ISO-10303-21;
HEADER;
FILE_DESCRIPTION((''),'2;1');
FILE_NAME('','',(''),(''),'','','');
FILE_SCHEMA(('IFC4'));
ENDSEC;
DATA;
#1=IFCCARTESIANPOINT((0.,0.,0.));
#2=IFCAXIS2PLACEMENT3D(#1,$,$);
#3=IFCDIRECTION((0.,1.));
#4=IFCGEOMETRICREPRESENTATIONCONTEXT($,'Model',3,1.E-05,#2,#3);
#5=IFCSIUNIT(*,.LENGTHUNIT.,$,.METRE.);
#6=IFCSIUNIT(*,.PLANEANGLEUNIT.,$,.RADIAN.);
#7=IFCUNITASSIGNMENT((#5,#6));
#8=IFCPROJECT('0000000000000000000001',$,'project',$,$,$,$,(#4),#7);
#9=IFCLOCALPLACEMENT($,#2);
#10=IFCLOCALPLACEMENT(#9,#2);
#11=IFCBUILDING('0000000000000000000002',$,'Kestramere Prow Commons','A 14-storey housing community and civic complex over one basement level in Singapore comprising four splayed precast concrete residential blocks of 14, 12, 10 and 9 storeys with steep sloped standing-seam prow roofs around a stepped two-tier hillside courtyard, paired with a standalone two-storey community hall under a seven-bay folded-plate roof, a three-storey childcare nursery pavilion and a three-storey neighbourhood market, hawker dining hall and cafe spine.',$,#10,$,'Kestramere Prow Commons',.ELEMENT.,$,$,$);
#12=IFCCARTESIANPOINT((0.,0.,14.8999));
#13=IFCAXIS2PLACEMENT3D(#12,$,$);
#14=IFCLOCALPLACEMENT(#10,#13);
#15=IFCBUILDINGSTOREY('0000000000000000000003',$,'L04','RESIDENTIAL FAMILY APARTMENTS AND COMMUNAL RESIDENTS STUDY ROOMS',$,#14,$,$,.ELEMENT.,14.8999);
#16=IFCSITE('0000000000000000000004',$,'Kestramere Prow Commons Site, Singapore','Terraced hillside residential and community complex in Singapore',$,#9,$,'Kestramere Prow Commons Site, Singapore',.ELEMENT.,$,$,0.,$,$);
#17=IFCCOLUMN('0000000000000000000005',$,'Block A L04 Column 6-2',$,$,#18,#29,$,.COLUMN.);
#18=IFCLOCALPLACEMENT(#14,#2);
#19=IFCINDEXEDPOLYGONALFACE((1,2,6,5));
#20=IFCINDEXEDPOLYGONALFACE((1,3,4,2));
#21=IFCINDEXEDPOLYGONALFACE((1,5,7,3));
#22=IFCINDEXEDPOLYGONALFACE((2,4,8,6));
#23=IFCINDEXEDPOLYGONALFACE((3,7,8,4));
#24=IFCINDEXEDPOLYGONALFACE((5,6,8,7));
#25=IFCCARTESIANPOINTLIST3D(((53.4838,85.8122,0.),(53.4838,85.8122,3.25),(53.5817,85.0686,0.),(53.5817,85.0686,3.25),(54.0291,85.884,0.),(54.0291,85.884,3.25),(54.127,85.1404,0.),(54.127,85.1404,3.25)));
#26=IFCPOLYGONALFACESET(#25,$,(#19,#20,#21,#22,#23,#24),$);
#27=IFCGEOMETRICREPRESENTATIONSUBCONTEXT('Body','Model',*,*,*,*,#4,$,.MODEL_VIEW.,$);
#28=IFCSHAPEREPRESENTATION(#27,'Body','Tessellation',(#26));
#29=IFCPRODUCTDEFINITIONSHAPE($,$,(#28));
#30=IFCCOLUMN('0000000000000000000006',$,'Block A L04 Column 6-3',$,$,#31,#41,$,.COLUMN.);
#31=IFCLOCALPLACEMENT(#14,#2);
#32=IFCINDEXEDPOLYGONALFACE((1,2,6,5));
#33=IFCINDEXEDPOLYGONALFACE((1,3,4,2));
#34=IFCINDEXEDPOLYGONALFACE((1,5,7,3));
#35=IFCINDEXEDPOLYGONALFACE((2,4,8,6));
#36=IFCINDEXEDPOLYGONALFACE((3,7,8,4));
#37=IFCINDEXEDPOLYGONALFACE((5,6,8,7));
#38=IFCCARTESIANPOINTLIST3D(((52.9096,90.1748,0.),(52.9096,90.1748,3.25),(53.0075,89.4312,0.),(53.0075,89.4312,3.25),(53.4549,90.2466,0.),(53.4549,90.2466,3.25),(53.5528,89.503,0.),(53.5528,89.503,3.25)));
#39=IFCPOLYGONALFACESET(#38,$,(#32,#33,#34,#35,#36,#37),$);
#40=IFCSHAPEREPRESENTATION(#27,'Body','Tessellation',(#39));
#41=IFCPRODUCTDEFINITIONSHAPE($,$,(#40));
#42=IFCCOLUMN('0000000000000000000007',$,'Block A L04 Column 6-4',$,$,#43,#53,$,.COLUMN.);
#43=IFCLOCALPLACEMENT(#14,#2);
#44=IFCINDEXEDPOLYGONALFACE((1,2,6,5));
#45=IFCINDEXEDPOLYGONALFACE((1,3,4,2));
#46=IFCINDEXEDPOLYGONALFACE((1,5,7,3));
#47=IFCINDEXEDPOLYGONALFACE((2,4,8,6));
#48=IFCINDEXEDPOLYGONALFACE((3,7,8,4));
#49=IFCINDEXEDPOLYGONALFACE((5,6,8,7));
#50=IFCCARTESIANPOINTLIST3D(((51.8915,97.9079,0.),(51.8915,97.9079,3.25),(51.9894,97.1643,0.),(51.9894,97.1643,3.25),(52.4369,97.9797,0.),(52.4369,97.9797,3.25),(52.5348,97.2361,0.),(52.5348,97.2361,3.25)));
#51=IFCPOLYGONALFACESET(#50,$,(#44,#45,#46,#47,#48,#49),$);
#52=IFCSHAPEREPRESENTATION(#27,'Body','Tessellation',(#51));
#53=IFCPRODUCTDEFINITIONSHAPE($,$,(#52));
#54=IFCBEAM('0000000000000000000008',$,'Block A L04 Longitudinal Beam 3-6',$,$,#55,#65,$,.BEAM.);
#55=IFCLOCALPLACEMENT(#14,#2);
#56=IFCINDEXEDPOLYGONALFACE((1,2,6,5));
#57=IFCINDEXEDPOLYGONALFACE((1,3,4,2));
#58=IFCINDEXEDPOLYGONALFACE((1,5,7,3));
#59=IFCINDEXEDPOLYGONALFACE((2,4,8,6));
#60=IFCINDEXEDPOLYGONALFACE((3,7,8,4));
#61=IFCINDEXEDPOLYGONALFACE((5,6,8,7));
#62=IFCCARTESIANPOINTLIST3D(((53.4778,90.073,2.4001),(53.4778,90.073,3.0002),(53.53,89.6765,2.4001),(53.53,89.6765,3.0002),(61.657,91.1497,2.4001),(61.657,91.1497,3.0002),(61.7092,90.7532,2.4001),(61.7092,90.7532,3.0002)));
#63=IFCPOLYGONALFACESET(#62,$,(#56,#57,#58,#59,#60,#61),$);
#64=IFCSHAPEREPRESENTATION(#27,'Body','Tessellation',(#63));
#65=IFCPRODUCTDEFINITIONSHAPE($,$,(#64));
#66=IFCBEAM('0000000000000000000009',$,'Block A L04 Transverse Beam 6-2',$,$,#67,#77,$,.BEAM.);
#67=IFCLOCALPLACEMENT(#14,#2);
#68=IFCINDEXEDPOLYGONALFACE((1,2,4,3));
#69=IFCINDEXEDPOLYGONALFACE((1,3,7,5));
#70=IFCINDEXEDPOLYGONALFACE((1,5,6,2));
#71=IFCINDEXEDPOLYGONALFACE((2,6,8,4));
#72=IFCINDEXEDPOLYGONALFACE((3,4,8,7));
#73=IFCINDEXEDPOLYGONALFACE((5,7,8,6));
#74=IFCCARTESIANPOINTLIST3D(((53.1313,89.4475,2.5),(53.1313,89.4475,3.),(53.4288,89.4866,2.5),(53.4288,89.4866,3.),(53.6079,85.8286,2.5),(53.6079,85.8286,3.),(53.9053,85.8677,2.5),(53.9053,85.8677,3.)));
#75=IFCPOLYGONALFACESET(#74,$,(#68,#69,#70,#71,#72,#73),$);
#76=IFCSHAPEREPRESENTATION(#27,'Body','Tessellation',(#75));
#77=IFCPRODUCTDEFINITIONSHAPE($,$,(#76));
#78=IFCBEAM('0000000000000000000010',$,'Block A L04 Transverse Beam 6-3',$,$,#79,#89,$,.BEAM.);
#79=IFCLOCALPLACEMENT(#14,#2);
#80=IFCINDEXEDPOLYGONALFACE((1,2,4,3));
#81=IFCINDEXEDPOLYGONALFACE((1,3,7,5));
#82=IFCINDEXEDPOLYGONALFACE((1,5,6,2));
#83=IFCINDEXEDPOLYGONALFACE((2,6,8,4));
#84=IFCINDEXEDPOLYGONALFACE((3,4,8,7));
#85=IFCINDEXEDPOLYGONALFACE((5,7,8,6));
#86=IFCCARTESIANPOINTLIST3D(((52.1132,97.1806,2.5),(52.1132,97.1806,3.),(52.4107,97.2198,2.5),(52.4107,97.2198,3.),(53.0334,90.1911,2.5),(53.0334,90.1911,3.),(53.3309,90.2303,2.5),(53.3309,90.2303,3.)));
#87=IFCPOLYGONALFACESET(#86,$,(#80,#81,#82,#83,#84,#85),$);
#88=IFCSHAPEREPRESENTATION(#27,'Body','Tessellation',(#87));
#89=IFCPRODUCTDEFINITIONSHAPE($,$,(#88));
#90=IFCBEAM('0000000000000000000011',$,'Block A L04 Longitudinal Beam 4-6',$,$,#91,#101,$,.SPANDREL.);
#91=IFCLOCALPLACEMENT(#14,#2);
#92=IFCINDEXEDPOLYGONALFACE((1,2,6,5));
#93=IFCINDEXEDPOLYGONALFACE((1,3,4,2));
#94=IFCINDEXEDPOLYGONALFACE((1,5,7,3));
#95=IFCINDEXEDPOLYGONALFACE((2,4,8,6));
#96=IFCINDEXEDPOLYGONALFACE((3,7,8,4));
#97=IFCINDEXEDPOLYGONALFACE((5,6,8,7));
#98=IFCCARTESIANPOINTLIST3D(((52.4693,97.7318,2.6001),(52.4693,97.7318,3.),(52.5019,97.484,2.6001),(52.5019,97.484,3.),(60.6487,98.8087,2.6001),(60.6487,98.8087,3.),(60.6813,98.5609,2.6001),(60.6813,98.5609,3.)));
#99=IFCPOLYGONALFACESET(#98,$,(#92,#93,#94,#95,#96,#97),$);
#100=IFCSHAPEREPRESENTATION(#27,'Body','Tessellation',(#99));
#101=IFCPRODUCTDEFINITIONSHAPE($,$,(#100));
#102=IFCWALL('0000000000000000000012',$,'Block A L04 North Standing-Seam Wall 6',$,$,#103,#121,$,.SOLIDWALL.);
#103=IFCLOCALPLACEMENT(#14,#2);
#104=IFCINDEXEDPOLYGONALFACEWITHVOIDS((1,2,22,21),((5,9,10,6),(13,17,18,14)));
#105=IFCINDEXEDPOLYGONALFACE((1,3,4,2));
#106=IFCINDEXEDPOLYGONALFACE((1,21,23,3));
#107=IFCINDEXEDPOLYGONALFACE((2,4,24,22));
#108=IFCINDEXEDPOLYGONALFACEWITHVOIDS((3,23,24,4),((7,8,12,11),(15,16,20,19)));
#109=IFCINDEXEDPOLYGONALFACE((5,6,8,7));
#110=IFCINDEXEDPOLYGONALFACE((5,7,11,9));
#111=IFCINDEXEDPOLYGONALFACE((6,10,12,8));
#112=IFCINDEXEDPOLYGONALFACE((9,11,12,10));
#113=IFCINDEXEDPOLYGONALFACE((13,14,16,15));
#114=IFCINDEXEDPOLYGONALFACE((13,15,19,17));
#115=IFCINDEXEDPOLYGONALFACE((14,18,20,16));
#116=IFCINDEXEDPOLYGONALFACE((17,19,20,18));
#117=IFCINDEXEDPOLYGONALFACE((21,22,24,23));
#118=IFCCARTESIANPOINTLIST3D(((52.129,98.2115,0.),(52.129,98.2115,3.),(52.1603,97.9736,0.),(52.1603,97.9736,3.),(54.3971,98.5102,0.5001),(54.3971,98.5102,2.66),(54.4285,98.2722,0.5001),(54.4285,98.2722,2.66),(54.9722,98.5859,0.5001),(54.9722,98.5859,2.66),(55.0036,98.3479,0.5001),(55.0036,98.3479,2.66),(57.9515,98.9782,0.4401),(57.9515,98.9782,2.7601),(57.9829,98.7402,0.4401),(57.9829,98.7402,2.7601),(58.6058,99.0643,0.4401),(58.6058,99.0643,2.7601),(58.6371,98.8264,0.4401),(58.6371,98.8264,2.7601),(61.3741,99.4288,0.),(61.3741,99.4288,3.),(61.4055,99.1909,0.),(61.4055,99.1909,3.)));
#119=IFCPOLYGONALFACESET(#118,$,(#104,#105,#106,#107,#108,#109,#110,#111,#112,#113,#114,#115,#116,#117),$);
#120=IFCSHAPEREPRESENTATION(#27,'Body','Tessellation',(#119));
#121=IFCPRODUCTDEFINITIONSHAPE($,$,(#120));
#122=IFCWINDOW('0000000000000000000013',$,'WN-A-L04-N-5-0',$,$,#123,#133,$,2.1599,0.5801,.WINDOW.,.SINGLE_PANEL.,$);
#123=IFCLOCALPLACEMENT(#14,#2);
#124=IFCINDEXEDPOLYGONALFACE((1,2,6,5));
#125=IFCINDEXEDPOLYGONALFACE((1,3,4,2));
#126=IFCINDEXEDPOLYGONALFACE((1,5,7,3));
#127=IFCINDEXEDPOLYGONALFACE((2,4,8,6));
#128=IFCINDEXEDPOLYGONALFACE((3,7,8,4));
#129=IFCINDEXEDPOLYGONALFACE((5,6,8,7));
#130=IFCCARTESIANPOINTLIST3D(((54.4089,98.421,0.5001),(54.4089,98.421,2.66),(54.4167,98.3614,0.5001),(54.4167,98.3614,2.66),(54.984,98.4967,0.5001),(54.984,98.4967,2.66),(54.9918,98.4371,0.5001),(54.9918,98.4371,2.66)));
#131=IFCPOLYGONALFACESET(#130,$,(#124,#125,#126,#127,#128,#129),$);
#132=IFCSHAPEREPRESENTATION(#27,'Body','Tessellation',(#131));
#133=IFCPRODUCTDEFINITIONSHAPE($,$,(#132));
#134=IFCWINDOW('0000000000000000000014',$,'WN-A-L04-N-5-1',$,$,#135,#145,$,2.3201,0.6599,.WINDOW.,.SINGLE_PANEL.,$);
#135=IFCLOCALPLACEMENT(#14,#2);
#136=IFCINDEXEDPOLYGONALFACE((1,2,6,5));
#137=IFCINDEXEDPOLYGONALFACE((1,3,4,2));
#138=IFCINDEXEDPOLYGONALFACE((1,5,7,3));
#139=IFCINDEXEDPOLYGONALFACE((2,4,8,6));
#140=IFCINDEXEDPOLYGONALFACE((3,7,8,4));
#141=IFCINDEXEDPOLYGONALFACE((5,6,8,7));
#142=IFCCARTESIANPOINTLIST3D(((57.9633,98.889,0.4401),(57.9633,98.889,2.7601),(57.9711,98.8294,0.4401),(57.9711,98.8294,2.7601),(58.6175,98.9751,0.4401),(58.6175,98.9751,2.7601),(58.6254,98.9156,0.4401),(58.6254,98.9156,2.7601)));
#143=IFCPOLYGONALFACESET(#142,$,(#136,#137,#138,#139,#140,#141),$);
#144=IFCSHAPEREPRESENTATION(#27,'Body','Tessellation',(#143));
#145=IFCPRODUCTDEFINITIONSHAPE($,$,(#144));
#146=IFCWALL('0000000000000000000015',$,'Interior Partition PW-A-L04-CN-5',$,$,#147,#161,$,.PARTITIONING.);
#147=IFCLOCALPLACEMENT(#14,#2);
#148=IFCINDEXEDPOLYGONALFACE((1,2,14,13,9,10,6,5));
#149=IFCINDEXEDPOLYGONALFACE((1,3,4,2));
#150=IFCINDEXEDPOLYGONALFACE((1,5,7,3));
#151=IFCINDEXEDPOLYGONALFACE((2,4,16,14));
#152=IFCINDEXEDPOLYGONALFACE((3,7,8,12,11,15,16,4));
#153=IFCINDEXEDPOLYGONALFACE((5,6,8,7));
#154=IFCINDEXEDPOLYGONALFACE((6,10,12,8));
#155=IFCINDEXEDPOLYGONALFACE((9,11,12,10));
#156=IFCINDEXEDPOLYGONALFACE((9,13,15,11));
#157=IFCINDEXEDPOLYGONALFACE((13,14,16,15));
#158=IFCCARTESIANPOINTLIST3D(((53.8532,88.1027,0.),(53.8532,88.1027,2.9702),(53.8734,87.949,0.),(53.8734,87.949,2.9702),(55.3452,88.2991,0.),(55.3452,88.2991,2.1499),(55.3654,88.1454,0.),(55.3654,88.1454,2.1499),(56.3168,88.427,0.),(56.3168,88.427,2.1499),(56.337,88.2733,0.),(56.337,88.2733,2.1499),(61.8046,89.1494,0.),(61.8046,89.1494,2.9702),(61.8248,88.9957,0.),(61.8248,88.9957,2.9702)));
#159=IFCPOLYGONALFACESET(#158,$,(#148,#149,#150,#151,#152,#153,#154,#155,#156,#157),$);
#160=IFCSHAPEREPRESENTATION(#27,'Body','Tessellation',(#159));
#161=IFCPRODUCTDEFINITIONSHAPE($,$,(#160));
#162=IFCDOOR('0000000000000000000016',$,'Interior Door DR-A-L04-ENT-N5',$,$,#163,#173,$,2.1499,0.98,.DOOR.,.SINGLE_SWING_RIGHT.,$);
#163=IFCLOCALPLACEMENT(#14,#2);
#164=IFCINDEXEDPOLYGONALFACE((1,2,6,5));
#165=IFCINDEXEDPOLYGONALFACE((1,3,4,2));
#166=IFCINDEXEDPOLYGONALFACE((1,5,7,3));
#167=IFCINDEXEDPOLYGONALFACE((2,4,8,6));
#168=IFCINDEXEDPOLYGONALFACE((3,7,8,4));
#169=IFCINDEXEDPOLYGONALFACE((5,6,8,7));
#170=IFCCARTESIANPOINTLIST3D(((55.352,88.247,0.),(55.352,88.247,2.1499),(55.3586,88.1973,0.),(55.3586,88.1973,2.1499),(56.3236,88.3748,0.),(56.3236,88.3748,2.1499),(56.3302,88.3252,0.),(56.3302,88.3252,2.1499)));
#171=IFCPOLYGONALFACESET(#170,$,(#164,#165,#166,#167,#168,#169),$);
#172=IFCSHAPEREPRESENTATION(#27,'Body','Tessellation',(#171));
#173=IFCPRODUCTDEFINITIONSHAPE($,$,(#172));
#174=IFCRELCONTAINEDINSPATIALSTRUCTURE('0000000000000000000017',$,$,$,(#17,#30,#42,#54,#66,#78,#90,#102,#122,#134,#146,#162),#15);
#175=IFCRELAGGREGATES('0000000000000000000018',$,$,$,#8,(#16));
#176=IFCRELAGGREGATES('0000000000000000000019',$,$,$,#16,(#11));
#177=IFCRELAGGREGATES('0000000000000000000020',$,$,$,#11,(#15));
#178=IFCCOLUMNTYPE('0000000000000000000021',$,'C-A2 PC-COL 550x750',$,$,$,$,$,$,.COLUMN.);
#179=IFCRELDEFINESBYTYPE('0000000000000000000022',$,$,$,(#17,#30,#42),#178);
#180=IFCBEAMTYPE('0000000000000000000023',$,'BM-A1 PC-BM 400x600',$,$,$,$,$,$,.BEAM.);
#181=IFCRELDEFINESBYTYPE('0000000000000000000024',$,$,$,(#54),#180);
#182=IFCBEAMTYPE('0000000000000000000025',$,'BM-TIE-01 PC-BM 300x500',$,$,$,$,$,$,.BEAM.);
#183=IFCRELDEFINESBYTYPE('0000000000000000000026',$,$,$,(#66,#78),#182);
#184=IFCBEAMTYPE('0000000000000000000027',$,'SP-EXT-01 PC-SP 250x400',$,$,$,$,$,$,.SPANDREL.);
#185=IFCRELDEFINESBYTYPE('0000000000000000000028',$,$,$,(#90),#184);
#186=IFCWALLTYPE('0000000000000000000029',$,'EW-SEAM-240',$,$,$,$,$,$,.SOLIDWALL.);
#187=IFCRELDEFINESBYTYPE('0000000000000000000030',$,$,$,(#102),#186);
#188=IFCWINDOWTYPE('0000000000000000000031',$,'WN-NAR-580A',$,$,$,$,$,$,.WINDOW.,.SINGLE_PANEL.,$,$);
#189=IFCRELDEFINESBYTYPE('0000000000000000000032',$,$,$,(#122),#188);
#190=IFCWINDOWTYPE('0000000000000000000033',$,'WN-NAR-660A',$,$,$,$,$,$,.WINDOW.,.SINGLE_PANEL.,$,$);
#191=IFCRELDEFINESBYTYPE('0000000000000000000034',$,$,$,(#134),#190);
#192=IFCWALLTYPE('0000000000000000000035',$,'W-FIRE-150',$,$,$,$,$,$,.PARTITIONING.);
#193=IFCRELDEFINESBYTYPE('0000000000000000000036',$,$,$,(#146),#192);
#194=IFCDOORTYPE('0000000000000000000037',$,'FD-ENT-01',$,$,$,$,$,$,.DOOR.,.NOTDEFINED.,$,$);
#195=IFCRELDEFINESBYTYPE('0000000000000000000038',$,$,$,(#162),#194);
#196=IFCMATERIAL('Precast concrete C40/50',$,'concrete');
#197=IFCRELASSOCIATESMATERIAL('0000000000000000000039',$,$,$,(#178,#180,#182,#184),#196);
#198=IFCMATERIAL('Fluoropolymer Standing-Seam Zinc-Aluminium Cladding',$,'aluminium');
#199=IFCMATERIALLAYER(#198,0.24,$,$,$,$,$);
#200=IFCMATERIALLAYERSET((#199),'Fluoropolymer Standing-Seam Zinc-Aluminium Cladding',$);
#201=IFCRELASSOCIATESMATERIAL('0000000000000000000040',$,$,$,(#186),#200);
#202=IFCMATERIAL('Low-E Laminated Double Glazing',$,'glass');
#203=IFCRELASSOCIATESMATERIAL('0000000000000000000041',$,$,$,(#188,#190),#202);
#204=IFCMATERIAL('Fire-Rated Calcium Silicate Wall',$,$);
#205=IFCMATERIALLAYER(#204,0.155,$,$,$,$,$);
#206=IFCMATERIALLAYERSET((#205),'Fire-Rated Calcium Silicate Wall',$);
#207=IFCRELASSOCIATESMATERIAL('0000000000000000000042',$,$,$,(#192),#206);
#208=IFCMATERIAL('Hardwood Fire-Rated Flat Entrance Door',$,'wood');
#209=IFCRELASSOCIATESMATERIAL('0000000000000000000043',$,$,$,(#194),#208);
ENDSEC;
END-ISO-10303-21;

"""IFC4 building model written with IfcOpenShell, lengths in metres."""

from ifc_helpers import new_model, si_unit, direction, frame, frame_2d, origin, origin_2d, place, context, subcontext, project, spatial, rectangle, extrude, material, layer, layer_set, material_profile, profile_set, type_object, element, fill, save


model = new_model("IFC4")

# Units and contexts
model_context = context("Model", 3, precision=1e-05, world=origin(), true_north=direction((0.0, 1.0)))
body_context = subcontext(model_context, "Body", "Model", "MODEL_VIEW")
ifc_project = project(units=[si_unit("LENGTHUNIT", "METRE"), si_unit("PLANEANGLEUNIT", "RADIAN")], contexts=[model_context])

# Site, building, storey
site_placement = place(None, origin())
site = spatial("IfcSite", under=ifc_project, at=site_placement, Name="Kestramere Prow Commons Site, Singapore", Description="Terraced hillside residential and community complex in Singapore", LongName="Kestramere Prow Commons Site, Singapore", CompositionType="ELEMENT", RefElevation=0.0)
building_placement = place(site_placement, origin())
building = spatial("IfcBuilding", under=site, at=building_placement, Name="Kestramere Prow Commons", Description="A 14-storey housing community and civic complex over one basement level in Singapore comprising four splayed precast concrete residential blocks of 14, 12, 10 and 9 storeys with steep sloped standing-seam prow roofs around a stepped two-tier hillside courtyard, paired with a standalone two-storey community hall under a seven-bay folded-plate roof, a three-storey childcare nursery pavilion and a three-storey neighbourhood market, hawker dining hall and cafe spine.", LongName="Kestramere Prow Commons", CompositionType="ELEMENT")
storey_placement = place(building_placement, frame((0.0, 0.0, 14.8999)))
storey = spatial("IfcBuildingStorey", under=building, at=storey_placement, Name="L04", Description="RESIDENTIAL FAMILY APARTMENTS AND COMMUNAL RESIDENTS STUDY ROOMS", CompositionType="ELEMENT", Elevation=14.8999)

# Columns
ifc_material_1 = material(Name="Precast concrete C40/50", Category="concrete")
ifc_material_profile_1 = material_profile(ifc_material_1, rectangle(XDim=0.55, YDim=0.75, at=origin_2d()), Name="PC-COL 550x750")
ifc_profile_set_1 = profile_set([ifc_material_profile_1], Name="Precast concrete C40/50")
column_type = type_object("IfcColumnType", Name="C-A2 PC-COL 550x750", PredefinedType="COLUMN", material=ifc_profile_set_1)
for number, where, z_axis, x_axis, name in (
    (1, (53.8054, 85.4763, 0.0), (0.0, 0.0, 1.0), (0.991445, 0.130526, 0.0), "Block A L04 Column 6-2"),
    (2, (53.2312, 89.8389, 0.0), (0.0, 0.0, 1.0), (0.991445, 0.130526, 0.0), "Block A L04 Column 6-3"),
    (3, (52.2131, 97.572, 0.0), (0.0, 0.0, 1.0), (0.991445, 0.130526, 0.0), "Block A L04 Column 6-4"),
):
    element("IfcColumn", number, at=place(storey_placement, frame(where, z_axis=z_axis, x_axis=x_axis)), inside=storey, type_object=column_type, Name=name, PredefinedType="COLUMN", context=body_context, shape_type="SweptSolid", body=[
        extrude(rectangle(XDim=0.55, YDim=0.75, at=origin_2d()), origin(), (0.0, 0.0, 1.0), 3.25),
    ])

# Beams
ifc_material_profile_2 = material_profile(ifc_material_1, rectangle(XDim=0.3999, YDim=0.6001, at=origin_2d()), Name="PC-BM 400x600")
ifc_profile_set_2 = profile_set([ifc_material_profile_2], Name="Precast concrete C40/50")
beam_type_1 = type_object("IfcBeamType", Name="BM-A1 PC-BM 400x600", PredefinedType="BEAM", material=ifc_profile_set_2)
beam_1_placement = place(storey_placement, frame((53.5039, 89.8748, 2.7002), z_axis=(0.991447, 0.130508, 0.0), x_axis=(-0.130508, 0.991447, 0.0)))
element("IfcBeam", 4, at=beam_1_placement, inside=storey, type_object=beam_type_1, Name="Block A L04 Longitudinal Beam 3-6", PredefinedType="BEAM", context=body_context, shape_type="SweptSolid", body=[
    extrude(rectangle(XDim=0.3999, YDim=0.6001, at=origin_2d()), origin(), (0.0, 0.0, 1.0), 8.2498),
])
ifc_material_profile_3 = material_profile(ifc_material_1, rectangle(XDim=0.3, YDim=0.5, at=origin_2d()), Name="PC-BM 300x500")
ifc_profile_set_3 = profile_set([ifc_material_profile_3], Name="Precast concrete C40/50")
beam_type_2 = type_object("IfcBeamType", Name="BM-TIE-01 PC-BM 300x500", PredefinedType="BEAM", material=ifc_profile_set_3)
beam_2_placement = place(storey_placement, frame((53.7566, 85.8481, 2.75), z_axis=(-0.13056, 0.99144, 0.0), x_axis=(-0.99144, -0.13056, 0.0)))
element("IfcBeam", 5, at=beam_2_placement, inside=storey, type_object=beam_type_2, Name="Block A L04 Transverse Beam 6-2", PredefinedType="BEAM", context=body_context, shape_type="SweptSolid", body=[
    extrude(rectangle(XDim=0.3, YDim=0.5, at=origin_2d()), origin(), (0.0, 0.0, 1.0), 3.6501),
])
beam_3_placement = place(storey_placement, frame((53.1821, 90.2107, 2.75), z_axis=(-0.130523, 0.991445, 0.0), x_axis=(-0.991445, -0.130523, 0.0)))
element("IfcBeam", 6, at=beam_3_placement, inside=storey, type_object=beam_type_2, Name="Block A L04 Transverse Beam 6-3", PredefinedType="BEAM", context=body_context, shape_type="SweptSolid", body=[
    extrude(rectangle(XDim=0.3, YDim=0.5, at=origin_2d()), origin(), (0.0, 0.0, 1.0), 7.0498),
])
ifc_material_profile_4 = material_profile(ifc_material_1, rectangle(XDim=0.25, YDim=0.3999, at=origin_2d()), Name="PC-SP 250x400")
ifc_profile_set_4 = profile_set([ifc_material_profile_4], Name="Precast concrete C40/50")
beam_type_3 = type_object("IfcBeamType", Name="SP-EXT-01 PC-SP 250x400", PredefinedType="SPANDREL", material=ifc_profile_set_4)
beam_4_placement = place(storey_placement, frame((52.4856, 97.6079, 2.8), z_axis=(0.991444, 0.130533, 0.0), x_axis=(-0.130533, 0.991444, 0.0)))
element("IfcBeam", 7, at=beam_4_placement, inside=storey, type_object=beam_type_3, Name="Block A L04 Longitudinal Beam 4-6", PredefinedType="SPANDREL", context=body_context, shape_type="SweptSolid", body=[
    extrude(rectangle(XDim=0.25, YDim=0.3999, at=origin_2d()), origin(), (0.0, 0.0, 1.0), 8.25),
])

# Wall, openings, windows
ifc_material_2 = material(Name="Fluoropolymer Standing-Seam Zinc-Aluminium Cladding", Category="aluminium")
ifc_layer_1 = layer(ifc_material_2, 0.24)
ifc_layer_set_1 = layer_set([ifc_layer_1], Name="Fluoropolymer Standing-Seam Zinc-Aluminium Cladding")
wall_type_1 = type_object("IfcWallType", Name="EW-SEAM-240", PredefinedType="SOLIDWALL", material=ifc_layer_set_1)
wall_1_placement = place(storey_placement, frame((52.1445, 98.0925, 0.0), z_axis=(0.0, 0.0, 1.0), x_axis=(0.991443, 0.130541, 0.0)))
wall_1 = element("IfcWall", 8, at=wall_1_placement, inside=storey, type_object=wall_type_1, Name="Block A L04 North Standing-Seam Wall 6", PredefinedType="SOLIDWALL", context=body_context, shape_type="SweptSolid", body=[
    extrude(rectangle(XDim=9.325, YDim=0.24, at=frame_2d((4.6626, 0.0))), origin(), (0.0, 0.0, 1.0), 3.0),
])
opening_1_placement = place(wall_1_placement, frame((2.2878, 0.0, 0.5)))
opening_1 = element("IfcOpeningElement", 9, at=opening_1_placement, cuts=wall_1, PredefinedType="OPENING", context=body_context, shape_type="SweptSolid", body=[
    extrude(rectangle(XDim=0.5801, YDim=2.1599, at=frame_2d((0.29, 1.0801))), frame((0.0, 0.135, 0.0), z_axis=(0.0, -1.0, 0.0), x_axis=(1.0, 0.0, 0.0)), (0.0, 0.0, 1.0), 0.27),
])
opening_2_placement = place(wall_1_placement, frame((5.8728, 0.0, 0.4399)))
opening_2 = element("IfcOpeningElement", 10, at=opening_2_placement, cuts=wall_1, PredefinedType="OPENING", context=body_context, shape_type="SweptSolid", body=[
    extrude(rectangle(XDim=0.6599, YDim=2.3201, at=frame_2d((0.3301, 1.1602))), frame((0.0, 0.135, 0.0), z_axis=(0.0, -1.0, 0.0), x_axis=(1.0, 0.0, 0.0)), (0.0, 0.0, 1.0), 0.27),
])
ifc_material_3 = material(Name="Low-E Laminated Double Glazing", Category="glass")
window_type_1 = type_object("IfcWindowType", Name="WN-NAR-580A", PartitioningType="SINGLE_PANEL", PredefinedType="WINDOW", material=ifc_material_3)
window_1_placement = place(opening_1_placement, origin())
window_1 = element("IfcWindow", 11, at=window_1_placement, inside=storey, type_object=window_type_1, Name="WN-A-L04-N-5-0", OverallHeight=2.1599, OverallWidth=0.5801, PartitioningType="SINGLE_PANEL", PredefinedType="WINDOW", context=body_context, shape_type="SweptSolid", body=[
    extrude(rectangle(XDim=0.5801, YDim=2.1599, at=frame_2d((0.29, 1.0801))), frame((0.0, 0.03, 0.0), z_axis=(0.0, -1.0, 0.0), x_axis=(1.0, 0.0, 0.0)), (0.0, 0.0, 1.0), 0.0601),
])
fill(opening_1, window_1)
window_type_2 = type_object("IfcWindowType", Name="WN-NAR-660A", PartitioningType="SINGLE_PANEL", PredefinedType="WINDOW", material=ifc_material_3)
window_2_placement = place(opening_2_placement, origin())
window_2 = element("IfcWindow", 12, at=window_2_placement, inside=storey, type_object=window_type_2, Name="WN-A-L04-N-5-1", OverallHeight=2.3201, OverallWidth=0.6599, PartitioningType="SINGLE_PANEL", PredefinedType="WINDOW", context=body_context, shape_type="SweptSolid", body=[
    extrude(rectangle(XDim=0.6599, YDim=2.3201, at=frame_2d((0.3301, 1.1602))), frame((0.0, 0.03, 0.0), z_axis=(0.0, -1.0, 0.0), x_axis=(1.0, 0.0, 0.0)), (0.0, 0.0, 1.0), 0.0601),
])
fill(opening_2, window_2)

# Wall, opening, door
ifc_material_4 = material(Name="Fire-Rated Calcium Silicate Wall")
ifc_layer_2 = layer(ifc_material_4, 0.155)
ifc_layer_set_2 = layer_set([ifc_layer_2], Name="Fire-Rated Calcium Silicate Wall")
wall_type_2 = type_object("IfcWallType", Name="W-FIRE-150", PredefinedType="PARTITIONING", material=ifc_layer_set_2)
wall_2_placement = place(storey_placement, frame((53.8633, 88.0259, 0.0), z_axis=(0.0, 0.0, 1.0), x_axis=(0.991448, 0.130503, 0.0)))
wall_2 = element("IfcWall", 13, at=wall_2_placement, inside=storey, type_object=wall_type_2, Name="Interior Partition PW-A-L04-CN-5", PredefinedType="PARTITIONING", context=body_context, shape_type="SweptSolid", body=[
    extrude(rectangle(XDim=8.02, YDim=0.155, at=frame_2d((4.01, 0.0))), origin(), (0.0, 0.0, 1.0), 2.9702),
])
opening_3_placement = place(wall_2_placement, frame((1.5049, 0.0, 0.0)))
opening_3 = element("IfcOpeningElement", 14, at=opening_3_placement, cuts=wall_2, PredefinedType="OPENING", context=body_context, shape_type="SweptSolid", body=[
    extrude(rectangle(XDim=0.98, YDim=2.1499, at=frame_2d((0.49, 1.075))), frame((0.0, 0.0925, 0.0), z_axis=(0.0, -1.0, 0.0), x_axis=(1.0, 0.0, 0.0)), (0.0, 0.0, 1.0), 0.1851),
])
ifc_material_5 = material(Name="Hardwood Fire-Rated Flat Entrance Door", Category="wood")
door_type_1 = type_object("IfcDoorType", Name="FD-ENT-01", OperationType="NOTDEFINED", PredefinedType="DOOR", material=ifc_material_5)
door_1_placement = place(opening_3_placement, origin())
door_1 = element("IfcDoor", 15, at=door_1_placement, inside=storey, type_object=door_type_1, Name="Interior Door DR-A-L04-ENT-N5", OperationType="SINGLE_SWING_RIGHT", OverallHeight=2.1499, OverallWidth=0.98, PredefinedType="DOOR", context=body_context, shape_type="SweptSolid", body=[
    extrude(rectangle(XDim=0.98, YDim=2.1499, at=frame_2d((0.49, 1.075))), frame((0.0, 0.0249, 0.0), z_axis=(0.0, -1.0, 0.0), x_axis=(1.0, 0.0, 0.0)), (0.0, 0.0, 1.0), 0.05),
])
fill(opening_3, door_1)

save(model, "model.ifc")
